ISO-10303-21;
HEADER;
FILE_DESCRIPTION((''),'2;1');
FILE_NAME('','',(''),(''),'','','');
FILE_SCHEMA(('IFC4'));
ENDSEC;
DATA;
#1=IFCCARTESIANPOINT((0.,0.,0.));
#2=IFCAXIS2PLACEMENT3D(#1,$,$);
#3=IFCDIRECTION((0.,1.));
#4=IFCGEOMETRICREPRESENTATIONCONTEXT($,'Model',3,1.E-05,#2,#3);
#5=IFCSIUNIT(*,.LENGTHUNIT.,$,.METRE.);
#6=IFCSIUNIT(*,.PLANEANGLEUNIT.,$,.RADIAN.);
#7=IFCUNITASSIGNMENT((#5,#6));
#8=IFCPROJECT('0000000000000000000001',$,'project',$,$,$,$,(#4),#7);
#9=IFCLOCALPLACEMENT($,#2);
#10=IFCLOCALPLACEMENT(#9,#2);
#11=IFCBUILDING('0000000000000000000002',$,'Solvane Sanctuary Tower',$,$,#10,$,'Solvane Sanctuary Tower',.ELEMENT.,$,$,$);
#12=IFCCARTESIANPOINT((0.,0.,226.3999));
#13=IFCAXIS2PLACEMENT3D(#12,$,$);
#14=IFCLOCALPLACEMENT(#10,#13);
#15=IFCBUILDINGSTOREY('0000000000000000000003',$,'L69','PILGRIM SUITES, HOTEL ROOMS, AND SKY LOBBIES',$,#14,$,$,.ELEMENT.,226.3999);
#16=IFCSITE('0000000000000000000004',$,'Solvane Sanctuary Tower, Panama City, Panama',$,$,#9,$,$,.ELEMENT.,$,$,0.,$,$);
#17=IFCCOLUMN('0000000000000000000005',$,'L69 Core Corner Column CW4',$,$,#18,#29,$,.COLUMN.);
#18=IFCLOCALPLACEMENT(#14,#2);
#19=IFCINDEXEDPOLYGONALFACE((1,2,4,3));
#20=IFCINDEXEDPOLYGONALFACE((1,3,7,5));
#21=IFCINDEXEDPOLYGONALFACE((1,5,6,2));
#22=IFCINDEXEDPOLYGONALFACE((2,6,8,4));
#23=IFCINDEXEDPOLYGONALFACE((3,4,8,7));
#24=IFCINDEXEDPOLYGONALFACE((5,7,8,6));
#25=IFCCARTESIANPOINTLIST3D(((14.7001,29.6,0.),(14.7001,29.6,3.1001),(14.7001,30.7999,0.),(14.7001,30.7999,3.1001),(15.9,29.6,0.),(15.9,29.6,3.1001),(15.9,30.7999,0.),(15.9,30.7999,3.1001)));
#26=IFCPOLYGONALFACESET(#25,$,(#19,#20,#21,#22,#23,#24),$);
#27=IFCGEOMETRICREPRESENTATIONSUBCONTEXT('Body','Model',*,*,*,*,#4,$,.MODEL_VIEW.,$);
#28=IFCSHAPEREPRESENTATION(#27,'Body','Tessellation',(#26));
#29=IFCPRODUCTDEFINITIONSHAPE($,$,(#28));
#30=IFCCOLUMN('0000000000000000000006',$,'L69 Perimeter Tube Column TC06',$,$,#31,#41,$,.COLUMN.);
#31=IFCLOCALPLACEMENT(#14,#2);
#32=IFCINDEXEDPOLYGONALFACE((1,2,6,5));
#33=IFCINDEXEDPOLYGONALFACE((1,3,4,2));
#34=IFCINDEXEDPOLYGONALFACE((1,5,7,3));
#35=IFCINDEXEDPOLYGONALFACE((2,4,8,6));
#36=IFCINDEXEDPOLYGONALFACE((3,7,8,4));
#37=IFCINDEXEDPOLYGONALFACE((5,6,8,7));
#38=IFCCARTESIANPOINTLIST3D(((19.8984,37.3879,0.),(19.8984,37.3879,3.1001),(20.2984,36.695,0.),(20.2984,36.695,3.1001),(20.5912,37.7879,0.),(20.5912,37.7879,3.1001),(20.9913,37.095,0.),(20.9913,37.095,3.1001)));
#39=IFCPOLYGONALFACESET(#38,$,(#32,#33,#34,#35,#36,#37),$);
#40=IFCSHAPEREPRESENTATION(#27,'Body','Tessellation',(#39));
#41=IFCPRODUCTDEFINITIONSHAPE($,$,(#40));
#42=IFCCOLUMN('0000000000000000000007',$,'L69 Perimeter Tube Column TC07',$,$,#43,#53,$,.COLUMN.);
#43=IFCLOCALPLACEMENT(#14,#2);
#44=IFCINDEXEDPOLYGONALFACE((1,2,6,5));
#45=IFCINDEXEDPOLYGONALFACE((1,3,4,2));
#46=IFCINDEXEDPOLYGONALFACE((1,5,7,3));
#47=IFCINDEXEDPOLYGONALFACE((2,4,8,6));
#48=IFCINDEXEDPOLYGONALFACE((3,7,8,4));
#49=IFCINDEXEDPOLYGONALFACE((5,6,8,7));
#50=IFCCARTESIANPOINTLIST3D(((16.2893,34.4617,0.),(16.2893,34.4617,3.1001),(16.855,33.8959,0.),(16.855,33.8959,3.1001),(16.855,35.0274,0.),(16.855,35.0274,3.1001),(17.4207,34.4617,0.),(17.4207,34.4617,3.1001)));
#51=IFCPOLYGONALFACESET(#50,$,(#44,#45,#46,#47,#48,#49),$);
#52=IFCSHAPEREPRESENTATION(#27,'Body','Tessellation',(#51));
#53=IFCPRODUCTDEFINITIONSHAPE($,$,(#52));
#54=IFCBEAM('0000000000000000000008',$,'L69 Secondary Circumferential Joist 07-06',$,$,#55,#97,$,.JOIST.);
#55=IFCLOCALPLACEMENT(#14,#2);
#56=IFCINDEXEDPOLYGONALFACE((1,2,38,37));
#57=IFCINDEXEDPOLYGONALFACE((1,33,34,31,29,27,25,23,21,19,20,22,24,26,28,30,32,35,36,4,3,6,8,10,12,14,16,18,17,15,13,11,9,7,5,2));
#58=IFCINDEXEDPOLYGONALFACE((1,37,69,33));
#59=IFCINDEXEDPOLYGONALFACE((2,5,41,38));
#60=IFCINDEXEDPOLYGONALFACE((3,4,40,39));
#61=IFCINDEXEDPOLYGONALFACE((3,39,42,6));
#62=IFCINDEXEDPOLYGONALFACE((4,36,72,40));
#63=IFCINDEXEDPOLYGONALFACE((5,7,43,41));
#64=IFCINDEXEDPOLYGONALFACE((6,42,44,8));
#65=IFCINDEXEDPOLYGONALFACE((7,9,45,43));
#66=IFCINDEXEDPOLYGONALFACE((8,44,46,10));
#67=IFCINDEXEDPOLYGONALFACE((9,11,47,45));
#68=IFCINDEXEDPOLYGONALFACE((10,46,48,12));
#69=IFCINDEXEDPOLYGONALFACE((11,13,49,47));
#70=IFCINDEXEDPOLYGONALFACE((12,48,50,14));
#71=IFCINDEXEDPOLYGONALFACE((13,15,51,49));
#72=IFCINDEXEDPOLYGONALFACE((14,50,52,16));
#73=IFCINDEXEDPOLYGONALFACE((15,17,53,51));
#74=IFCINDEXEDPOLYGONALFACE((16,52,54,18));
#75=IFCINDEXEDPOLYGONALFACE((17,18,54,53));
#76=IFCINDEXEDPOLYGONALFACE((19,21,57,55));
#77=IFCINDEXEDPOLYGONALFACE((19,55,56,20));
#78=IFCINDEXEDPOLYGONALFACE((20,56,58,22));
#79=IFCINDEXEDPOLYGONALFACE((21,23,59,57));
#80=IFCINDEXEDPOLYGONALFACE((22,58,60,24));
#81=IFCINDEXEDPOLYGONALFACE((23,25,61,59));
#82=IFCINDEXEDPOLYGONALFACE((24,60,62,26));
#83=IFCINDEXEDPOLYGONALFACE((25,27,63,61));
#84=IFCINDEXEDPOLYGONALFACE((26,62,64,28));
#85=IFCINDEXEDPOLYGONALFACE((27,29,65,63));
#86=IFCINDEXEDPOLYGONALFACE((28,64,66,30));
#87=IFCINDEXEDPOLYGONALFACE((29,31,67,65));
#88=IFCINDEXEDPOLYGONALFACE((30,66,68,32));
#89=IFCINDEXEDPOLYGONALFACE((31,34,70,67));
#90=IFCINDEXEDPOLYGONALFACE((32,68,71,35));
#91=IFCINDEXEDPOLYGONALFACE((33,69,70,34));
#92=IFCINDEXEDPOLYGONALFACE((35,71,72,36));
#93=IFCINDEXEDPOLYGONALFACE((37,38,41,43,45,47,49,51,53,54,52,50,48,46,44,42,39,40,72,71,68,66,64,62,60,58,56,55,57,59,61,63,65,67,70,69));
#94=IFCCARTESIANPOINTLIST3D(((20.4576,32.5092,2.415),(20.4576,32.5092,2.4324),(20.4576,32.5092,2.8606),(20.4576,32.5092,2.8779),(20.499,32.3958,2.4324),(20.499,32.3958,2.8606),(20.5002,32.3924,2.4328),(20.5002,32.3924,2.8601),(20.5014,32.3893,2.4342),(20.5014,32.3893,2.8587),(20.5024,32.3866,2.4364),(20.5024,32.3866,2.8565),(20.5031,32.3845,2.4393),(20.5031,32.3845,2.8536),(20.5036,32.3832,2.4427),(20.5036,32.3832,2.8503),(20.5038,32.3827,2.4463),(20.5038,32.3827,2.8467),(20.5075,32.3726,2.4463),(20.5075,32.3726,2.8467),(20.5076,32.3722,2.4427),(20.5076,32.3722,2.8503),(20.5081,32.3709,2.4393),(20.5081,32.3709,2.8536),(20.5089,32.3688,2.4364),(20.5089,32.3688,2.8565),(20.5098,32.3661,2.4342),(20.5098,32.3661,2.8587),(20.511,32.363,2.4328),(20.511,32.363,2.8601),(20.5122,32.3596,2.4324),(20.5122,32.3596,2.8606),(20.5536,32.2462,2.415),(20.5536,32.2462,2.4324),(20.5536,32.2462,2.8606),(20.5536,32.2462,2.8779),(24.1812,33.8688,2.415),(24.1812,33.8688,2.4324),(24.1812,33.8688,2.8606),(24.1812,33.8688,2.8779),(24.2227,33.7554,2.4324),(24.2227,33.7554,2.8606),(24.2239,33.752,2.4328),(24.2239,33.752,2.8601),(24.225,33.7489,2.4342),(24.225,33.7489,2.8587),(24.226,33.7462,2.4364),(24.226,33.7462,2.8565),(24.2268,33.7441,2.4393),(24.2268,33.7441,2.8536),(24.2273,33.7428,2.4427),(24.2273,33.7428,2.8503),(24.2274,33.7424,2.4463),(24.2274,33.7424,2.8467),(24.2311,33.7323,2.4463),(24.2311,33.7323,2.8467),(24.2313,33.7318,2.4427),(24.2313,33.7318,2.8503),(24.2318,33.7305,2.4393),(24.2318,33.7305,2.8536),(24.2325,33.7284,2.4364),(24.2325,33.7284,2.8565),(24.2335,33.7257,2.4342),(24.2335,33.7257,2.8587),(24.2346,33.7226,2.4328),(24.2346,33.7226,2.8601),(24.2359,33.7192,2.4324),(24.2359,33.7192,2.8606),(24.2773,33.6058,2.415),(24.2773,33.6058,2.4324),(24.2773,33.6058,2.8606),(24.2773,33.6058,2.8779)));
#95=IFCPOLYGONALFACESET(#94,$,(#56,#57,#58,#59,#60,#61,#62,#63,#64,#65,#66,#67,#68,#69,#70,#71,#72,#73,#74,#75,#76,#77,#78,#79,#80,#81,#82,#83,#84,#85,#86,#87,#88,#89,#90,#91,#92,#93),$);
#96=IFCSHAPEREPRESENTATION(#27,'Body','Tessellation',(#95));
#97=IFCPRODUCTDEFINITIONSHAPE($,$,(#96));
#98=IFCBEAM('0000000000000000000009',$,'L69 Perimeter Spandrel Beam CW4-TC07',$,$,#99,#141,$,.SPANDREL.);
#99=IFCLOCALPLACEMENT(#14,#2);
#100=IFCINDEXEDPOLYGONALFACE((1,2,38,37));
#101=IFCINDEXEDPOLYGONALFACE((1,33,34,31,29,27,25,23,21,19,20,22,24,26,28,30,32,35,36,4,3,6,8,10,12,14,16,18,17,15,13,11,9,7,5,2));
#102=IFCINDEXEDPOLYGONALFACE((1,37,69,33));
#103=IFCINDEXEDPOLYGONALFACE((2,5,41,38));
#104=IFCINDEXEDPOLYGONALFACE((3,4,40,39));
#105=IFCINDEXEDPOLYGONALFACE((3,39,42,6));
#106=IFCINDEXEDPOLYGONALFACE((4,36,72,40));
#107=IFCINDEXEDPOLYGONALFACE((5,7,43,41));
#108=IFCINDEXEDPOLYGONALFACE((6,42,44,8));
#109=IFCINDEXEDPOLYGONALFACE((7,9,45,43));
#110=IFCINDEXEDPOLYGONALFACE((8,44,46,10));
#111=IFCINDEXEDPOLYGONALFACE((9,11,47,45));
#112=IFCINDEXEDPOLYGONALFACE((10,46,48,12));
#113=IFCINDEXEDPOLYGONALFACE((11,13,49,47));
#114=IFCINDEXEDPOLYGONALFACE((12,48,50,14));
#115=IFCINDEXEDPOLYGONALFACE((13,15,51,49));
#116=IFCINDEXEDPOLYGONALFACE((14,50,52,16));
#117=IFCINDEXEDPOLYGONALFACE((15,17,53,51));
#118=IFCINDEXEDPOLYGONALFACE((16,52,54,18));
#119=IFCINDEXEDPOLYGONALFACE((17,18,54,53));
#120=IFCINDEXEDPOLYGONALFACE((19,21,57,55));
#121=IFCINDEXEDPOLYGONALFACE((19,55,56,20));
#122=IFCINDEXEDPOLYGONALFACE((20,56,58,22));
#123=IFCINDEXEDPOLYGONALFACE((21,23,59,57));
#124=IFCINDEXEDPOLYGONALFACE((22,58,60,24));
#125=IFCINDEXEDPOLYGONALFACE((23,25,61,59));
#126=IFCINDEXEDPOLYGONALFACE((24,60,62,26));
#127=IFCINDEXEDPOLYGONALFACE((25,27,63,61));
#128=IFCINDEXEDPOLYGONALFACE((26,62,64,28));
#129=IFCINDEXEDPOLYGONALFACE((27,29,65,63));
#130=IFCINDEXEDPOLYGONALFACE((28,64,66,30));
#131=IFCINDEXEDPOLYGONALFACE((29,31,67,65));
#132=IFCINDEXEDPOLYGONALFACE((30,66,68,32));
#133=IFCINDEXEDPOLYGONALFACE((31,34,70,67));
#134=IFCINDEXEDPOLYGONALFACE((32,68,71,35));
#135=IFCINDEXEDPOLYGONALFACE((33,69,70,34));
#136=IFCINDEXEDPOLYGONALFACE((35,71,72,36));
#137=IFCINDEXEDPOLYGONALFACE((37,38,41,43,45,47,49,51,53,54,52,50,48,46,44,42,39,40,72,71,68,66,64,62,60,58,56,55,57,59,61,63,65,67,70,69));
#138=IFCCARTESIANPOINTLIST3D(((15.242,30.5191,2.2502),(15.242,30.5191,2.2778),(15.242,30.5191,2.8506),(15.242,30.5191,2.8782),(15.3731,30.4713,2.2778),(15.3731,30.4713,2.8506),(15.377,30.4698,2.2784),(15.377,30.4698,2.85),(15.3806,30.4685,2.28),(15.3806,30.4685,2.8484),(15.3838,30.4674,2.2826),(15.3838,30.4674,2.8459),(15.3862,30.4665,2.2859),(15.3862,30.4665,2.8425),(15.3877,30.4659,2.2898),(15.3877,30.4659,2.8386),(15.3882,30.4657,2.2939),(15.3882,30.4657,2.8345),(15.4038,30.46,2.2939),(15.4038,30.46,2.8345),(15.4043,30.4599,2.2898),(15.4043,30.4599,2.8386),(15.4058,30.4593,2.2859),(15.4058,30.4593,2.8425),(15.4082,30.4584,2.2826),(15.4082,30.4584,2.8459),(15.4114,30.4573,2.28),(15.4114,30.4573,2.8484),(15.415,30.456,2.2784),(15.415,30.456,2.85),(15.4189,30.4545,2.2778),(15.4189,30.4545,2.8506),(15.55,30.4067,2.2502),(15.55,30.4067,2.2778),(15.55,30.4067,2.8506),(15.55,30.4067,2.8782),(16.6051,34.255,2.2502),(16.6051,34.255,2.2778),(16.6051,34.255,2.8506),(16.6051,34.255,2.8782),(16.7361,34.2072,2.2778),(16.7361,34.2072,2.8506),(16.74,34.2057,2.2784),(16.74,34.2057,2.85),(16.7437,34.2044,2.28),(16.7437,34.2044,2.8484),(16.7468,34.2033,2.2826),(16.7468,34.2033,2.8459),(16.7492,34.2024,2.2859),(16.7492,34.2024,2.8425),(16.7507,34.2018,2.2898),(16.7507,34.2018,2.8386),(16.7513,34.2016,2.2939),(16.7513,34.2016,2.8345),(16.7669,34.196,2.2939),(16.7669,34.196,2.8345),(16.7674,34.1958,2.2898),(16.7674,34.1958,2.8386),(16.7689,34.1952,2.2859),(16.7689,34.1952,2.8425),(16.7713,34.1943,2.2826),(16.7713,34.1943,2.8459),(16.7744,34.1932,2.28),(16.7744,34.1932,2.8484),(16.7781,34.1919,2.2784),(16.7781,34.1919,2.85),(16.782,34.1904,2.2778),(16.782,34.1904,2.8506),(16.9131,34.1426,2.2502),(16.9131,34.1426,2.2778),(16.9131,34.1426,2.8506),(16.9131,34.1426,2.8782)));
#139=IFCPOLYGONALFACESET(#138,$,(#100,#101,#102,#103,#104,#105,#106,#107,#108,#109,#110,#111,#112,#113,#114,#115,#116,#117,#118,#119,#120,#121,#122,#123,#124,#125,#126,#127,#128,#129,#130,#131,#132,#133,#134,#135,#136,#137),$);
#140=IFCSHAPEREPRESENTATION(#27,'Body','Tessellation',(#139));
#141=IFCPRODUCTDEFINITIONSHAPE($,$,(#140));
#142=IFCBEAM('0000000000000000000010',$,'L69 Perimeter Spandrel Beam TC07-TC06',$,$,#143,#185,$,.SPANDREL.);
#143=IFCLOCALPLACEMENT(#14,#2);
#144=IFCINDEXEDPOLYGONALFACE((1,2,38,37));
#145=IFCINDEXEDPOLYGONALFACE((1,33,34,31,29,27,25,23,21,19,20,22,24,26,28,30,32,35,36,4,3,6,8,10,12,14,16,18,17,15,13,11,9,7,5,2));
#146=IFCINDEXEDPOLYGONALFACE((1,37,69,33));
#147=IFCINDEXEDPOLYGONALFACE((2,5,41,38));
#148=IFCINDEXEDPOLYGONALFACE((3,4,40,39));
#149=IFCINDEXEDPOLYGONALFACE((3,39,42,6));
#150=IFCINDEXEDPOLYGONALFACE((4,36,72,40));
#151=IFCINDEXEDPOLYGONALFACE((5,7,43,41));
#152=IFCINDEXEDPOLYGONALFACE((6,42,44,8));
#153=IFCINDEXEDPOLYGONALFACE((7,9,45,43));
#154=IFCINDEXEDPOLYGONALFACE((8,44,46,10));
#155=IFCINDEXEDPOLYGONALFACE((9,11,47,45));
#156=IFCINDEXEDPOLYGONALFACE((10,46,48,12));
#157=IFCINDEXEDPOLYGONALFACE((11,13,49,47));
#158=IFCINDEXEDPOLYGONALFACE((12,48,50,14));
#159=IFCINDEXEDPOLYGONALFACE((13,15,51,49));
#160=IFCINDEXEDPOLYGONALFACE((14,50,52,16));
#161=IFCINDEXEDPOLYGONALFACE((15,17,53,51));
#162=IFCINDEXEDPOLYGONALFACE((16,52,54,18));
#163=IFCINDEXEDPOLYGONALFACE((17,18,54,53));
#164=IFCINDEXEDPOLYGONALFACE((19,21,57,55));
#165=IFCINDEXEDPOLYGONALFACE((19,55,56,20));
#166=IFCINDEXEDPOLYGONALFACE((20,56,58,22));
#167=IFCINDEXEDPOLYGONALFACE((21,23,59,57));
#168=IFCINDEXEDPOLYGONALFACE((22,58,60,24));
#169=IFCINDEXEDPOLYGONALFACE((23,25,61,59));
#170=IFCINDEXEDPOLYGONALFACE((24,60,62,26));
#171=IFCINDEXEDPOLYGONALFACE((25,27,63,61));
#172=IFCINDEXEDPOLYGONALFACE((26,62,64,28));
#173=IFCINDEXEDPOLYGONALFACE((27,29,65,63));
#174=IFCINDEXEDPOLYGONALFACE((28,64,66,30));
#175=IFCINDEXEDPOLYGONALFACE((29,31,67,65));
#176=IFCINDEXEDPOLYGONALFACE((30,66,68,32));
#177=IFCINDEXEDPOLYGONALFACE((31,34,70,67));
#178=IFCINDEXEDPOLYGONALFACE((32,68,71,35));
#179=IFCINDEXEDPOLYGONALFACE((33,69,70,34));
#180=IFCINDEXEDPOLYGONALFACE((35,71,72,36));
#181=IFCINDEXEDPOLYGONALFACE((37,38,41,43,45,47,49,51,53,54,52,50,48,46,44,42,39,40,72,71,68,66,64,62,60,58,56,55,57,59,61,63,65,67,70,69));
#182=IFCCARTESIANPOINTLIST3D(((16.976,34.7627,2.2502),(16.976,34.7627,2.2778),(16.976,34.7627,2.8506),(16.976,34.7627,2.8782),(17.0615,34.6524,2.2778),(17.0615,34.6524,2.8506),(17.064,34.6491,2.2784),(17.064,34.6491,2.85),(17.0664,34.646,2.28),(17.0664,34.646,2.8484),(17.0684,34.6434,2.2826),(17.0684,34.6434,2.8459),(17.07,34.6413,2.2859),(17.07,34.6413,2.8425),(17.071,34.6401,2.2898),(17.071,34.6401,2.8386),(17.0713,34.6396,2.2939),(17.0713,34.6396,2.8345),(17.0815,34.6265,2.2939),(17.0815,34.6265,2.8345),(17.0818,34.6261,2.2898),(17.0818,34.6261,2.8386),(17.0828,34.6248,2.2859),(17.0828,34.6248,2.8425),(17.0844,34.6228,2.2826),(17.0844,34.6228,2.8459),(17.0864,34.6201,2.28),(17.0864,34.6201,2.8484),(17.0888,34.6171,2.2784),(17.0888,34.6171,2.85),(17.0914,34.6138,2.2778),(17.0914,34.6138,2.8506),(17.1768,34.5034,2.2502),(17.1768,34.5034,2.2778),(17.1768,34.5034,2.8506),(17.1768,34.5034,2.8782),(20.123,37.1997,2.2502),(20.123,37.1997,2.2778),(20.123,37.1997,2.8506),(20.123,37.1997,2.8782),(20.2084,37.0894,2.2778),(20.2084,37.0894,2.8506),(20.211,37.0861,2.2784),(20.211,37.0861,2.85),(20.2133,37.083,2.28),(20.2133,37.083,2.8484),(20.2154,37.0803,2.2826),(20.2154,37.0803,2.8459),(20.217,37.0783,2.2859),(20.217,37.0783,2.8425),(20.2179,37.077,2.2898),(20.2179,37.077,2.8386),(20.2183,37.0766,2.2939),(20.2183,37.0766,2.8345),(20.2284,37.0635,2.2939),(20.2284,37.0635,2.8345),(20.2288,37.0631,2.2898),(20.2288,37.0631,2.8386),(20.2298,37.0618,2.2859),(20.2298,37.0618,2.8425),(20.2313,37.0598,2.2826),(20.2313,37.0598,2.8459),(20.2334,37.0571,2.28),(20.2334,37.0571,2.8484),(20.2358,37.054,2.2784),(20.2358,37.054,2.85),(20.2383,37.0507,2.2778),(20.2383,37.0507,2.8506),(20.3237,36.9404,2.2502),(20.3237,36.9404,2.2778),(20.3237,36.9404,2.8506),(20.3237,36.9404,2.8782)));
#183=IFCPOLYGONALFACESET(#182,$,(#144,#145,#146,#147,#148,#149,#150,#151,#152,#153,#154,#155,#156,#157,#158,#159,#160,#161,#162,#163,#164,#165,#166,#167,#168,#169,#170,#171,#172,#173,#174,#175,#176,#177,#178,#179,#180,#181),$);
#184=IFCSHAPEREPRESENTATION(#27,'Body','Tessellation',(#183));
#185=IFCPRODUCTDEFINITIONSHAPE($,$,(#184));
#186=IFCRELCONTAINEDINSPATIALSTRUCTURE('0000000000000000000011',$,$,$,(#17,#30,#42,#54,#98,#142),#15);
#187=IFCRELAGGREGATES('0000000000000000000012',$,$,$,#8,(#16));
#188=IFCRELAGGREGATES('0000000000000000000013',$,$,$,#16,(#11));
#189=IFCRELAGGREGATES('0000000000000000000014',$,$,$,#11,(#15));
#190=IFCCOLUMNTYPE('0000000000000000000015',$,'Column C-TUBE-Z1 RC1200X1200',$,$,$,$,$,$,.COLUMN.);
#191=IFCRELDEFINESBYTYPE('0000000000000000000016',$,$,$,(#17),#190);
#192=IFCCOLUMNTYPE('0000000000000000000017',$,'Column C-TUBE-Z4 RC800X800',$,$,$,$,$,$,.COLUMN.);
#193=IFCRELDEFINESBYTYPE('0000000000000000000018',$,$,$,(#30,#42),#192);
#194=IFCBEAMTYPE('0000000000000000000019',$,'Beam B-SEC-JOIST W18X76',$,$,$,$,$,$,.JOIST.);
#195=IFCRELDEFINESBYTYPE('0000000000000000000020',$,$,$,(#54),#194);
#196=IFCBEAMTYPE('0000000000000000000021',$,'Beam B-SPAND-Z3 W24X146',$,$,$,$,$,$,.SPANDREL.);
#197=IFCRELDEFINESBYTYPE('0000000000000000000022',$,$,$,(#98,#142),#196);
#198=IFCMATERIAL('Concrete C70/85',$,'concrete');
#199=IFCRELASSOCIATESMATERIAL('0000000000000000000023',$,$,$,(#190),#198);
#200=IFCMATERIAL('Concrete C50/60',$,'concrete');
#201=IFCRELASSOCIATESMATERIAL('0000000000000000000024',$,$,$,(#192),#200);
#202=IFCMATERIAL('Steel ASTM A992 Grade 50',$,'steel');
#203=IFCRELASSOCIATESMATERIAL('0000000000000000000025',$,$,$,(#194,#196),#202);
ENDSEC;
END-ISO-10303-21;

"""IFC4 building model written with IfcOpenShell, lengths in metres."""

from ifc_helpers import new_model, si_unit, direction, frame, origin, origin_2d, place, context, subcontext, project, spatial, rectangle, i_section, extrude, material, material_profile, profile_set, type_object, element, save


model = new_model("IFC4")

# Units and contexts
model_context = context("Model", 3, precision=1e-05, world=origin(), true_north=direction((0.0, 1.0)))
body_context = subcontext(model_context, "Body", "Model", "MODEL_VIEW")
ifc_project = project(units=[si_unit("LENGTHUNIT", "METRE"), si_unit("PLANEANGLEUNIT", "RADIAN")], contexts=[model_context])

# Site, building, storey
site_placement = place(None, origin())
site = spatial("IfcSite", under=ifc_project, at=site_placement, Name="Solvane Sanctuary Tower, Panama City, Panama", CompositionType="ELEMENT", RefElevation=0.0)
building_placement = place(site_placement, origin())
building = spatial("IfcBuilding", under=site, at=building_placement, Name="Solvane Sanctuary Tower", LongName="Solvane Sanctuary Tower", CompositionType="ELEMENT")
storey_placement = place(building_placement, frame((0.0, 0.0, 226.3999)))
storey = spatial("IfcBuildingStorey", under=building, at=storey_placement, Name="L69", Description="PILGRIM SUITES, HOTEL ROOMS, AND SKY LOBBIES", CompositionType="ELEMENT", Elevation=226.3999)

# Columns
ifc_material_1 = material(Name="Concrete C70/85", Category="concrete")
ifc_material_profile_1 = material_profile(ifc_material_1, rectangle(XDim=1.2, YDim=1.2, at=origin_2d()), Name="RC1200X1200")
ifc_profile_set_1 = profile_set([ifc_material_profile_1], Name="Concrete C70/85")
column_type_1 = type_object("IfcColumnType", Name="Column C-TUBE-Z1 RC1200X1200", PredefinedType="COLUMN", material=ifc_profile_set_1)
column_placement = place(storey_placement, frame((15.3, 30.2, 0.0), z_axis=(0.0, 0.0, 1.0), x_axis=(1.0, 0.0, 0.0)))
element("IfcColumn", 1, at=column_placement, inside=storey, type_object=column_type_1, Name="L69 Core Corner Column CW4", PredefinedType="COLUMN", context=body_context, shape_type="SweptSolid", body=[
    extrude(rectangle(XDim=1.2, YDim=1.2, at=origin_2d()), origin(), (0.0, 0.0, 1.0), 3.1001),
])
ifc_material_2 = material(Name="Concrete C50/60", Category="concrete")
ifc_material_profile_2 = material_profile(ifc_material_2, rectangle(XDim=0.8, YDim=0.8, at=origin_2d()), Name="RC800X800")
ifc_profile_set_2 = profile_set([ifc_material_profile_2], Name="Concrete C50/60")
column_type_2 = type_object("IfcColumnType", Name="Column C-TUBE-Z4 RC800X800", PredefinedType="COLUMN", material=ifc_profile_set_2)
for number, where, z_axis, x_axis, name in (
    (2, (20.4448, 37.2415, 0.0), (0.0, 0.0, 1.0), (-0.5, 0.866025, 0.0), "L69 Perimeter Tube Column TC06"),
    (3, (16.855, 34.4617, 0.0), (0.0, 0.0, 1.0), (-0.707107, 0.707107, 0.0), "L69 Perimeter Tube Column TC07"),
):
    element("IfcColumn", number, at=place(storey_placement, frame(where, z_axis=z_axis, x_axis=x_axis)), inside=storey, type_object=column_type_2, Name=name, PredefinedType="COLUMN", context=body_context, shape_type="SweptSolid", body=[
        extrude(rectangle(XDim=0.8, YDim=0.8, at=origin_2d()), origin(), (0.0, 0.0, 1.0), 3.1001),
    ])

# Beams
ifc_material_3 = material(Name="Steel ASTM A992 Grade 50", Category="steel")
ifc_material_profile_3 = material_profile(ifc_material_3, i_section(OverallWidth=0.28, OverallDepth=0.4629, WebThickness=0.0107, FlangeThickness=0.0173, FilletRadius=0.0139, at=origin_2d()), Name="W18X76")
ifc_profile_set_3 = profile_set([ifc_material_profile_3], Name="Steel ASTM A992 Grade 50")
beam_type_1 = type_object("IfcBeamType", Name="Beam B-SEC-JOIST W18X76", PredefinedType="JOIST", material=ifc_profile_set_3)
beam_1_placement = place(storey_placement, frame((20.5056, 32.3777, 2.6465), z_axis=(0.939341, 0.342984, 0.0), x_axis=(-0.342984, 0.939341, 0.0)))
element("IfcBeam", 4, at=beam_1_placement, inside=storey, type_object=beam_type_1, Name="L69 Secondary Circumferential Joist 07-06", PredefinedType="JOIST", context=body_context, shape_type="SweptSolid", body=[
    extrude(i_section(OverallWidth=0.28, OverallDepth=0.4629, WebThickness=0.0107, FlangeThickness=0.0173, FilletRadius=0.0139, at=origin_2d()), origin(), (0.0, 0.0, 1.0), 3.9641),
])
ifc_material_profile_4 = material_profile(ifc_material_3, i_section(OverallWidth=0.3279, OverallDepth=0.6279, WebThickness=0.0166, FlangeThickness=0.0276, FilletRadius=0.0161, at=origin_2d()), Name="W24X146")
ifc_profile_set_4 = profile_set([ifc_material_profile_4], Name="Steel ASTM A992 Grade 50")
beam_type_2 = type_object("IfcBeamType", Name="Beam B-SPAND-Z3 W24X146", PredefinedType="SPANDREL", material=ifc_profile_set_4)
beam_2_placement = place(storey_placement, frame((15.396, 30.4629, 2.5642), z_axis=(0.342753, 0.939425, 0.0), x_axis=(-0.939425, 0.342753, 0.0)))
element("IfcBeam", 5, at=beam_2_placement, inside=storey, type_object=beam_type_2, Name="L69 Perimeter Spandrel Beam CW4-TC07", PredefinedType="SPANDREL", context=body_context, shape_type="SweptSolid", body=[
    extrude(i_section(OverallWidth=0.3279, OverallDepth=0.6279, WebThickness=0.0166, FlangeThickness=0.0276, FilletRadius=0.0161, at=origin_2d()), origin(), (0.0, 0.0, 1.0), 3.9768),
])
beam_3_placement = place(storey_placement, frame((17.0764, 34.6331, 2.5642), z_axis=(0.790645, 0.612275, 0.0), x_axis=(-0.612275, 0.790645, 0.0)))
element("IfcBeam", 6, at=beam_3_placement, inside=storey, type_object=beam_type_2, Name="L69 Perimeter Spandrel Beam TC07-TC06", PredefinedType="SPANDREL", context=body_context, shape_type="SweptSolid", body=[
    extrude(i_section(OverallWidth=0.3279, OverallDepth=0.6279, WebThickness=0.0166, FlangeThickness=0.0276, FilletRadius=0.0161, at=origin_2d()), origin(), (0.0, 0.0, 1.0), 3.9802),
])

save(model, "model.ifc")
